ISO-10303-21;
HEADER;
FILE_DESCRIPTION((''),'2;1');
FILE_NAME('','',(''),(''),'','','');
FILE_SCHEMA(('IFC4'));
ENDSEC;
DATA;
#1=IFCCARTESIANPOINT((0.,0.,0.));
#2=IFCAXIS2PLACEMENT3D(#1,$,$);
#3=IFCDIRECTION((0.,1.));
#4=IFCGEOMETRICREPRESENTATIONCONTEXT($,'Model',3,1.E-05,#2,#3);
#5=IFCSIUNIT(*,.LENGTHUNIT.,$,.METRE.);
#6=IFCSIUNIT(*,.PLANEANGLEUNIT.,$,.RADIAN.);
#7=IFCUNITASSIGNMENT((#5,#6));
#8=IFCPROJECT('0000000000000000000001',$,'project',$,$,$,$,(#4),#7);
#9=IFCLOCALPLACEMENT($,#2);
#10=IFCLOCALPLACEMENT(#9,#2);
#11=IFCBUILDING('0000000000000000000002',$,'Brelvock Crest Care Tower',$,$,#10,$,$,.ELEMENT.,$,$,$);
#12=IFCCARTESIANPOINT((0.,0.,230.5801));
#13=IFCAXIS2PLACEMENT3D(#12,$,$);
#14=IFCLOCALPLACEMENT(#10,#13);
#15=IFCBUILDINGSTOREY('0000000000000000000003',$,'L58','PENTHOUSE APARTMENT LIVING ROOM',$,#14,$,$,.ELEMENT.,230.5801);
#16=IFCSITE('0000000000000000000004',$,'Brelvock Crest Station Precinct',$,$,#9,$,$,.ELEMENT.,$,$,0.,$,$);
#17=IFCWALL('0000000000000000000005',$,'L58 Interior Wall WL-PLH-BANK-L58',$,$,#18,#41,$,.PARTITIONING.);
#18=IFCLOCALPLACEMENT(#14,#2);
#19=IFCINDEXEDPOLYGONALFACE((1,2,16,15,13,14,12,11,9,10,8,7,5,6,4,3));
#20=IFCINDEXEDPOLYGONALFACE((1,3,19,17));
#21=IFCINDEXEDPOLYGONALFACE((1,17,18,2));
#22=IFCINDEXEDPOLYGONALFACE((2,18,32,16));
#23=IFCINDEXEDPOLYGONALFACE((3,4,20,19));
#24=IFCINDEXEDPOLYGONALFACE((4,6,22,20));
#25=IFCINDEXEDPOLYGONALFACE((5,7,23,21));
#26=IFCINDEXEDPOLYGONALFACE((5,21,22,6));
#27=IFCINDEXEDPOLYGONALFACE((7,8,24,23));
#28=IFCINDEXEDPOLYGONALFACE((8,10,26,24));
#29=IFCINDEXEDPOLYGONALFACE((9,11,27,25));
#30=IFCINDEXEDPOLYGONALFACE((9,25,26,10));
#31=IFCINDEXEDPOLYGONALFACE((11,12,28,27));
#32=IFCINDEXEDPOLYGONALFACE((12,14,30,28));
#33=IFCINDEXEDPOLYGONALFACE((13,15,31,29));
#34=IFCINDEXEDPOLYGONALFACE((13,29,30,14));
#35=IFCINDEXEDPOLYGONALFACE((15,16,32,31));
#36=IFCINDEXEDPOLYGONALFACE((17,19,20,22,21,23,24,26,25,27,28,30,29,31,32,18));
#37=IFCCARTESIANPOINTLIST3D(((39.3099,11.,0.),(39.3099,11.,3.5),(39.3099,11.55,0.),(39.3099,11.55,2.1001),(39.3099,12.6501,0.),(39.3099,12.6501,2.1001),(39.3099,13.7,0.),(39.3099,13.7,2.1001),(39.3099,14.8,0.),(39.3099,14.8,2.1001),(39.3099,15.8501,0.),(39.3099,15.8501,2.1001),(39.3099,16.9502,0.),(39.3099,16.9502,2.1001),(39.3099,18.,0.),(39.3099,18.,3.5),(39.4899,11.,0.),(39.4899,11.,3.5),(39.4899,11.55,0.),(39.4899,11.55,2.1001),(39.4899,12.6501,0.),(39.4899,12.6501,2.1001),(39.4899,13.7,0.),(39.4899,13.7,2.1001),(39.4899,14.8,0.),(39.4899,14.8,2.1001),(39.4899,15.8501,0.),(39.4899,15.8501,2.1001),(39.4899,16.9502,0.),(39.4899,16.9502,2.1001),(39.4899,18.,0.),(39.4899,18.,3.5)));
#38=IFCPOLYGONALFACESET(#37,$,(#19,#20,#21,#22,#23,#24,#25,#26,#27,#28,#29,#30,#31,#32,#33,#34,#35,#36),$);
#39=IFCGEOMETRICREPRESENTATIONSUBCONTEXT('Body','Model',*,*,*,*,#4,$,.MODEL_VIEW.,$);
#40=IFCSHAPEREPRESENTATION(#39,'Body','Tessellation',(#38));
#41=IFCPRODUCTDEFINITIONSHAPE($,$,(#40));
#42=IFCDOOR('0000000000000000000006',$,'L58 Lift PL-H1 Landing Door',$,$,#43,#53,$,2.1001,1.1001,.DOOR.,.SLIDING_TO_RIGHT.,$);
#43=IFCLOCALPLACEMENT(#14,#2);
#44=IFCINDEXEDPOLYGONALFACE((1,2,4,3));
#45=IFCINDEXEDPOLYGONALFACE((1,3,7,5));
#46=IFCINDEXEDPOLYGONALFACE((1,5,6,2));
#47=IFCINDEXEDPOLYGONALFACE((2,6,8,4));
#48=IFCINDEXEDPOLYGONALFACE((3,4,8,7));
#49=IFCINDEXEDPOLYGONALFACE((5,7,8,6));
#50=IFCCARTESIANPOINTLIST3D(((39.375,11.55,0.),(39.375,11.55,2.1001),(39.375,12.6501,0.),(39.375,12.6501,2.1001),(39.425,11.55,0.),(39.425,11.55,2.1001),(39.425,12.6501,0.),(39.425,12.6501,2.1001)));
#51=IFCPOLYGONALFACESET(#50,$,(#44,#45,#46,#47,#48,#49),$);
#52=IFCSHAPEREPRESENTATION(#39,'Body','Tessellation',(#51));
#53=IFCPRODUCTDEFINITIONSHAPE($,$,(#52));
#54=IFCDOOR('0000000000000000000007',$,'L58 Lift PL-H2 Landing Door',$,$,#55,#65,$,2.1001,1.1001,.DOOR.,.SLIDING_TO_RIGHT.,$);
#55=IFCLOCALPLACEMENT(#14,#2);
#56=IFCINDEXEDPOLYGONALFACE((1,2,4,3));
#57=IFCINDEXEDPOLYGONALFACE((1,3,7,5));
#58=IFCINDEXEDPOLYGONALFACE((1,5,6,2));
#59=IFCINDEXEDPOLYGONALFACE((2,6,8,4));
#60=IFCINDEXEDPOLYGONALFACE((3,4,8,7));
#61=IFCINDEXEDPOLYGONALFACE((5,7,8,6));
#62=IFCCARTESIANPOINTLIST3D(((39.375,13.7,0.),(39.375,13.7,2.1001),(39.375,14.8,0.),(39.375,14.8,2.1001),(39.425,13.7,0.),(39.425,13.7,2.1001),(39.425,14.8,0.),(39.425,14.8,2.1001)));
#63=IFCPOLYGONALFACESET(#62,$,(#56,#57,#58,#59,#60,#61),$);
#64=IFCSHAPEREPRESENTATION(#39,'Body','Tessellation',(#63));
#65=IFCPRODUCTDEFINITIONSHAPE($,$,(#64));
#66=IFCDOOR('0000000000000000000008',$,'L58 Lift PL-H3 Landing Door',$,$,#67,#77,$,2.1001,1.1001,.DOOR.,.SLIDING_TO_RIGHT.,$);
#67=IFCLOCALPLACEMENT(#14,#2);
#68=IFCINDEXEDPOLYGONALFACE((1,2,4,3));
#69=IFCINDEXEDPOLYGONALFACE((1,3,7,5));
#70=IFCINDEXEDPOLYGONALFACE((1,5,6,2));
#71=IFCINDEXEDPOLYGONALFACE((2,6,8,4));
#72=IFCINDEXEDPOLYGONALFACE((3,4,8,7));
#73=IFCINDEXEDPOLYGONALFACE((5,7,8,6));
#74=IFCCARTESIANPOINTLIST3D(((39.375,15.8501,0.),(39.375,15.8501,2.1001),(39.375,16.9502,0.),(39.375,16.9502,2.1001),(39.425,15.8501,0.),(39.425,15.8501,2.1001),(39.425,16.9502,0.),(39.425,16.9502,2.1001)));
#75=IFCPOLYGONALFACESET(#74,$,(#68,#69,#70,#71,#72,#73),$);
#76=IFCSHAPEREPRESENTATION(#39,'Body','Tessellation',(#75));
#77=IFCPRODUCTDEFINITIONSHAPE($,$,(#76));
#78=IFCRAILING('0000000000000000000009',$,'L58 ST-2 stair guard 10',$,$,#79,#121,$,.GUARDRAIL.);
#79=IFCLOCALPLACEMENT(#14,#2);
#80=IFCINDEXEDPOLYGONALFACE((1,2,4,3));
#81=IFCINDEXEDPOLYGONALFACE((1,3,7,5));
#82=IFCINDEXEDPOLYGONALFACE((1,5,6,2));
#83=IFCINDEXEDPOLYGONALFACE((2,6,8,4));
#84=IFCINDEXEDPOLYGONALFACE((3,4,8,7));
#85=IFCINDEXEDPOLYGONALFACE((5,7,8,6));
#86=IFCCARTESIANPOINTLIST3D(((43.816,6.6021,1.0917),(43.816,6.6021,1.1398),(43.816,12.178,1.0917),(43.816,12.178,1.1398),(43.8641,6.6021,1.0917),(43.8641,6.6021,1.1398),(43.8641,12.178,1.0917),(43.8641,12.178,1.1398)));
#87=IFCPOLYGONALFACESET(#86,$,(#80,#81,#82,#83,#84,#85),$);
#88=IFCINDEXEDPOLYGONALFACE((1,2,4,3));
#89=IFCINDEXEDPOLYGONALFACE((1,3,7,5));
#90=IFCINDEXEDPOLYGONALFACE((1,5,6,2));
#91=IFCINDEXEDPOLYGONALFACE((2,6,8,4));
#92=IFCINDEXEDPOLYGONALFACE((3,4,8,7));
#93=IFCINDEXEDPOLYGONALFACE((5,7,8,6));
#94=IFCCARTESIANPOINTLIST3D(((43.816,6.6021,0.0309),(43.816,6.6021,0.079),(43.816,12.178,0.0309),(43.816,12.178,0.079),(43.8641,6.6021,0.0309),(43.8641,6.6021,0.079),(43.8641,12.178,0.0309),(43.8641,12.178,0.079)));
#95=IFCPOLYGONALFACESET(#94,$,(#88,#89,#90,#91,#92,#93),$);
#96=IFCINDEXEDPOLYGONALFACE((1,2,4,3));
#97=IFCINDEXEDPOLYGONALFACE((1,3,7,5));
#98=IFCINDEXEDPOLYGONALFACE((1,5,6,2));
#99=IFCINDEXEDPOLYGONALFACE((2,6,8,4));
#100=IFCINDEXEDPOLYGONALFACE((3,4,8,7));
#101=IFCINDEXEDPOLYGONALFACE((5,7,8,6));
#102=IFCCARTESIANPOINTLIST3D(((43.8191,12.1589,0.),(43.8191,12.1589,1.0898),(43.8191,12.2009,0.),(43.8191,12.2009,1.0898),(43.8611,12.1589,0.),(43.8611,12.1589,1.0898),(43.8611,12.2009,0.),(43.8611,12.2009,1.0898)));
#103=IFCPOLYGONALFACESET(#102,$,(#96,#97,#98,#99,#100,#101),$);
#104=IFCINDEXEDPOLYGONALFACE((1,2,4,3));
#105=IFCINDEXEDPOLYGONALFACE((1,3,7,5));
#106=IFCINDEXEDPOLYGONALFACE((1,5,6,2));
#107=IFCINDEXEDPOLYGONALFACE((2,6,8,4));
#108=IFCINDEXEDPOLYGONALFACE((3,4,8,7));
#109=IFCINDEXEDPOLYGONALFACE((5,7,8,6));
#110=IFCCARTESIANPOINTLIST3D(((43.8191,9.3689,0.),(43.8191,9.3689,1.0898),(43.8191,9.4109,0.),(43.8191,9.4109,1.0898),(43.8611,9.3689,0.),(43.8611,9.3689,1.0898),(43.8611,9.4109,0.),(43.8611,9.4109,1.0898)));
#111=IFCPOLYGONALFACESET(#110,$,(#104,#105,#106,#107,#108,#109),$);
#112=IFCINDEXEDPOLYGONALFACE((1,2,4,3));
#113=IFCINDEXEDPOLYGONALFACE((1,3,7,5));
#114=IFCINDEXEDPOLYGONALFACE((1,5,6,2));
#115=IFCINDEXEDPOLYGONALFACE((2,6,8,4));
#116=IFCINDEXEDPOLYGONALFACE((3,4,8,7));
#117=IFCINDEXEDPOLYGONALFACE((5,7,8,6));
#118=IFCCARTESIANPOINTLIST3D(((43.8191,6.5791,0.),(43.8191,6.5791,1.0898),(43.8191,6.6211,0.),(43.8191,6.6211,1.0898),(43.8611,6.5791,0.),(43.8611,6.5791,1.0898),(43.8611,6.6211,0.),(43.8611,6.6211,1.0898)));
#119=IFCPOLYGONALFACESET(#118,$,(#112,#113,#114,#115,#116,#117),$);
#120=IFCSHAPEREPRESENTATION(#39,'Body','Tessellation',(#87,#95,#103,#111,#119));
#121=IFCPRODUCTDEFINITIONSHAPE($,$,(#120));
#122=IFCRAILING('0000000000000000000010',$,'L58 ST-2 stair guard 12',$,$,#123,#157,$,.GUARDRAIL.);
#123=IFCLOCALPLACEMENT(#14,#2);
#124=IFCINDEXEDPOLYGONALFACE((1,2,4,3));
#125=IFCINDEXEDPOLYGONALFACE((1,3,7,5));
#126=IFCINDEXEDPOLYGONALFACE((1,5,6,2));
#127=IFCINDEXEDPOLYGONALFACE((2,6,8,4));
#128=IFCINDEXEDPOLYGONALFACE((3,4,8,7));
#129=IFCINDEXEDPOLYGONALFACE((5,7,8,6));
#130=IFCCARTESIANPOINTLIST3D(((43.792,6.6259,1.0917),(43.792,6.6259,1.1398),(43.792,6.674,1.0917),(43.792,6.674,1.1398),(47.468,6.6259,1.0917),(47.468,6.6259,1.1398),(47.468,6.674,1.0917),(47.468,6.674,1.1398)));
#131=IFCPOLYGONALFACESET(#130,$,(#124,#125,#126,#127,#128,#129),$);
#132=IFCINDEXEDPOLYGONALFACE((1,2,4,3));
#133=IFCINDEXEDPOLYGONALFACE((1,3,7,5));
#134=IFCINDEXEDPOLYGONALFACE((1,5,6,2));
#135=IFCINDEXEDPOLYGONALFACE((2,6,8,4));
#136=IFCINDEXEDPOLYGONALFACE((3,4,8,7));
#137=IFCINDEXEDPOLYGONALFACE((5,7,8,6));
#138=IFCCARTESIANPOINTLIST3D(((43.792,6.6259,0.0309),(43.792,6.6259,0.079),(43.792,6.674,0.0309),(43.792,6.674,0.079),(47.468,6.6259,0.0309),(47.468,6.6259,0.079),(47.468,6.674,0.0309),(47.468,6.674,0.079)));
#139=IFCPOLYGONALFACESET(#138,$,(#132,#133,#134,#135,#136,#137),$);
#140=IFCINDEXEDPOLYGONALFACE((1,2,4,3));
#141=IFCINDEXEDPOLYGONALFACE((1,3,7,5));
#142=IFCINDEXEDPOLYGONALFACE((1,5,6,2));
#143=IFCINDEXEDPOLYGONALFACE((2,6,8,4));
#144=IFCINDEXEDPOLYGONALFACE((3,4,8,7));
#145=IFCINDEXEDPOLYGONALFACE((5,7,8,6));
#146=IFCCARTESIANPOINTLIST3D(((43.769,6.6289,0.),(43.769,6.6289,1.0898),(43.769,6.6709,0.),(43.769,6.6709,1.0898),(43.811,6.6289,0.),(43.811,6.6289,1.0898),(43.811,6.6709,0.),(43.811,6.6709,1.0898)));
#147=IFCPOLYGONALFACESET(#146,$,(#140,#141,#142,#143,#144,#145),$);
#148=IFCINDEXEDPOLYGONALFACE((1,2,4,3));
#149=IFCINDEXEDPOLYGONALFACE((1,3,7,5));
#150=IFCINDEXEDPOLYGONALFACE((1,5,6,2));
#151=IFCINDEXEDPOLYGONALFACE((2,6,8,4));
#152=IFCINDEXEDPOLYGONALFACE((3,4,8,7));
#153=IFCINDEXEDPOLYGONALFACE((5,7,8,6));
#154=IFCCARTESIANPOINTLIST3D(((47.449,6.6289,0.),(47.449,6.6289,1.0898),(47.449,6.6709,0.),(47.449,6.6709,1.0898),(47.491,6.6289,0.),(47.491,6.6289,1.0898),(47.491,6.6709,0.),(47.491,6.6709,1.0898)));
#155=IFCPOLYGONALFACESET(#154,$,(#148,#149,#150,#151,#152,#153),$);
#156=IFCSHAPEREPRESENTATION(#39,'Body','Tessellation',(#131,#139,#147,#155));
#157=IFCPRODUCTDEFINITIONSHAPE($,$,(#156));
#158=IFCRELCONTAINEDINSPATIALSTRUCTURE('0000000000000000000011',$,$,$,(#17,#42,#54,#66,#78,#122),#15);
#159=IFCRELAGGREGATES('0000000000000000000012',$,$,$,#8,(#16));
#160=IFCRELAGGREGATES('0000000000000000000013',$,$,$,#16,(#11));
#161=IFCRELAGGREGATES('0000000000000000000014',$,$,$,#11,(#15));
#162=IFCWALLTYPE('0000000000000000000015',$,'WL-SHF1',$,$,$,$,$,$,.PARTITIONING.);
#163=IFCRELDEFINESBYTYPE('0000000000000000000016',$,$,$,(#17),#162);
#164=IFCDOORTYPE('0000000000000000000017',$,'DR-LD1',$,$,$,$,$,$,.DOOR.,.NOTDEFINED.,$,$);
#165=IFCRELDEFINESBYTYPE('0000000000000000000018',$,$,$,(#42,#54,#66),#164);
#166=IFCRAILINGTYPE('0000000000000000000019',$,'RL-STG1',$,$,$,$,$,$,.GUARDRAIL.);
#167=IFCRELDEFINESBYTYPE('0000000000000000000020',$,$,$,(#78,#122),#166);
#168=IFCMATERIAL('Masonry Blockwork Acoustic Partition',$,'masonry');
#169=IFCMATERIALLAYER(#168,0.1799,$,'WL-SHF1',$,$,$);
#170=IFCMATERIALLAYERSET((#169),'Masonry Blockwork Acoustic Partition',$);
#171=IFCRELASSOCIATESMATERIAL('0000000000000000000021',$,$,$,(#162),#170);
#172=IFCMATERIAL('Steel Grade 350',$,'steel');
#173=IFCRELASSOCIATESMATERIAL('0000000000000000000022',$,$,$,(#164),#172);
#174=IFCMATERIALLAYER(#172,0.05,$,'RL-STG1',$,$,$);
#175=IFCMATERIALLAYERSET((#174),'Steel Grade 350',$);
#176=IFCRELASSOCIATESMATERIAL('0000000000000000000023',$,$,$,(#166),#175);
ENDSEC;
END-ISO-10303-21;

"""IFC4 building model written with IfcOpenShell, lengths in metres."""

from ifc_helpers import new_model, si_unit, direction, frame, frame_2d, origin, origin_2d, place, context, subcontext, project, spatial, rectangle, extrude, source, transform, mapped, material, layer, layer_set, type_object, element, fill, save


model = new_model("IFC4")

# Units and contexts
model_context = context("Model", 3, precision=1e-05, world=origin(), true_north=direction((0.0, 1.0)))
body_context = subcontext(model_context, "Body", "Model", "MODEL_VIEW")
ifc_project = project(units=[si_unit("LENGTHUNIT", "METRE"), si_unit("PLANEANGLEUNIT", "RADIAN")], contexts=[model_context])

# Site, building, storey
site_placement = place(None, origin())
site = spatial("IfcSite", under=ifc_project, at=site_placement, Name="Brelvock Crest Station Precinct", CompositionType="ELEMENT", RefElevation=0.0)
building_placement = place(site_placement, origin())
building = spatial("IfcBuilding", under=site, at=building_placement, Name="Brelvock Crest Care Tower", CompositionType="ELEMENT")
storey_placement = place(building_placement, frame((0.0, 0.0, 230.5801)))
storey = spatial("IfcBuildingStorey", under=building, at=storey_placement, Name="L58", Description="PENTHOUSE APARTMENT LIVING ROOM", CompositionType="ELEMENT", Elevation=230.5801)

# Shared definitions
ifc_material_1 = material(Name="Steel Grade 350", Category="steel")

# Shared definitions
ifc_material_2 = material(Name="Masonry Blockwork Acoustic Partition", Category="masonry")

# Shared definitions
ifc_layer_1 = layer(ifc_material_2, 0.1799, Name="WL-SHF1")
ifc_layer_set_1 = layer_set([ifc_layer_1], Name="Masonry Blockwork Acoustic Partition")
wall_type_1 = type_object("IfcWallType", Name="WL-SHF1", PredefinedType="PARTITIONING", material=ifc_layer_set_1)

# Shared definitions
door_type_1 = type_object("IfcDoorType", Name="DR-LD1", OperationType="NOTDEFINED", PredefinedType="DOOR", material=ifc_material_1)
shared_shape_1 = source(origin(), body_context, "Body", "SweptSolid", [
    extrude(rectangle(XDim=1.1001, YDim=2.1001, at=origin_2d()), frame((0.55, 0.0249, 1.05), z_axis=(0.0, -1.0, 0.0), x_axis=(1.0, 0.0, 0.0)), (0.0, 0.0, 1.0), 0.05),
])

# Wall, openings, doors
wall_1_placement = place(storey_placement, frame((39.3999, 11.0, 0.0), z_axis=(0.0, 0.0, 1.0), x_axis=(0.0, 1.0, 0.0)))
wall_1 = element("IfcWall", 1, at=wall_1_placement, inside=storey, type_object=wall_type_1, Name="L58 Interior Wall WL-PLH-BANK-L58", PredefinedType="PARTITIONING", context=body_context, shape_type="SweptSolid", body=[
    extrude(rectangle(XDim=7.0, YDim=0.1799, at=frame_2d((3.5, 0.0))), origin(), (0.0, 0.0, 1.0), 3.5),
])
opening_1_placement = place(wall_1_placement, frame((0.55, 0.0, 0.0)))
opening_1 = element("IfcOpeningElement", 2, at=opening_1_placement, cuts=wall_1, PredefinedType="OPENING", context=body_context, shape_type="SweptSolid", body=[
    extrude(rectangle(XDim=1.1001, YDim=2.1001, at=origin_2d()), frame((0.55, 0.1001, 1.05), z_axis=(0.0, -1.0, 0.0), x_axis=(1.0, 0.0, 0.0)), (0.0, 0.0, 1.0), 0.2),
])
opening_2_placement = place(wall_1_placement, frame((2.7, 0.0, 0.0)))
opening_2 = element("IfcOpeningElement", 3, at=opening_2_placement, cuts=wall_1, PredefinedType="OPENING", context=body_context, shape_type="SweptSolid", body=[
    extrude(rectangle(XDim=1.1001, YDim=2.1001, at=origin_2d()), frame((0.55, 0.1001, 1.05), z_axis=(0.0, -1.0, 0.0), x_axis=(1.0, 0.0, 0.0)), (0.0, 0.0, 1.0), 0.2),
])
opening_3_placement = place(wall_1_placement, frame((4.8501, 0.0, 0.0)))
opening_3 = element("IfcOpeningElement", 4, at=opening_3_placement, cuts=wall_1, PredefinedType="OPENING", context=body_context, shape_type="SweptSolid", body=[
    extrude(rectangle(XDim=1.1001, YDim=2.1001, at=origin_2d()), frame((0.55, 0.1001, 1.05), z_axis=(0.0, -1.0, 0.0), x_axis=(1.0, 0.0, 0.0)), (0.0, 0.0, 1.0), 0.2),
])
door_1_placement = place(opening_1_placement, origin())
door_1 = element("IfcDoor", 5, at=door_1_placement, inside=storey, type_object=door_type_1, Name="L58 Lift PL-H1 Landing Door", OperationType="SLIDING_TO_RIGHT", OverallHeight=2.1001, OverallWidth=1.1001, PredefinedType="DOOR", context=body_context, shape_type="MappedRepresentation", body=[
    mapped(shared_shape_1, transform((0.0, 0.0, 0.0), x_axis=(1.0, 0.0, 0.0), y_axis=(0.0, 1.0, 0.0), z_axis=(0.0, 0.0, 1.0), scale=1.0)),
])
fill(opening_1, door_1)
door_2_placement = place(opening_2_placement, origin())
door_2 = element("IfcDoor", 6, at=door_2_placement, inside=storey, type_object=door_type_1, Name="L58 Lift PL-H2 Landing Door", OperationType="SLIDING_TO_RIGHT", OverallHeight=2.1001, OverallWidth=1.1001, PredefinedType="DOOR", context=body_context, shape_type="MappedRepresentation", body=[
    mapped(shared_shape_1, transform((0.0, 0.0, 0.0), x_axis=(1.0, 0.0, 0.0), y_axis=(0.0, 1.0, 0.0), z_axis=(0.0, 0.0, 1.0), scale=1.0)),
])
fill(opening_2, door_2)
door_3_placement = place(opening_3_placement, origin())
door_3 = element("IfcDoor", 7, at=door_3_placement, inside=storey, type_object=door_type_1, Name="L58 Lift PL-H3 Landing Door", OperationType="SLIDING_TO_RIGHT", OverallHeight=2.1001, OverallWidth=1.1001, PredefinedType="DOOR", context=body_context, shape_type="MappedRepresentation", body=[
    mapped(shared_shape_1, transform((0.0, 0.0, 0.0), x_axis=(1.0, 0.0, 0.0), y_axis=(0.0, 1.0, 0.0), z_axis=(0.0, 0.0, 1.0), scale=1.0)),
])
fill(opening_3, door_3)

# Railings
ifc_layer_2 = layer(ifc_material_1, 0.05, Name="RL-STG1")
ifc_layer_set_2 = layer_set([ifc_layer_2], Name="Steel Grade 350")
railing_type = type_object("IfcRailingType", Name="RL-STG1", PredefinedType="GUARDRAIL", material=ifc_layer_set_2)
railing_1_placement = place(storey_placement, frame((43.8401, 12.1799, 0.0)))
element("IfcRailing", 8, at=railing_1_placement, inside=storey, type_object=railing_type, Name="L58 ST-2 stair guard 10", PredefinedType="GUARDRAIL", context=body_context, shape_type="SweptSolid", body=[
    extrude(rectangle(XDim=0.0481, YDim=0.0481, at=origin_2d()), frame((0.0, -0.002, 1.1157), z_axis=(0.0, -1.0, 0.0), x_axis=(1.0, 0.0, 0.0)), (0.0, 0.0, 1.0), 5.5759),
    extrude(rectangle(XDim=0.0481, YDim=0.0481, at=origin_2d()), frame((0.0, -0.002, 0.0549), z_axis=(0.0, -1.0, 0.0), x_axis=(1.0, 0.0, 0.0)), (0.0, 0.0, 1.0), 5.5759),
    extrude(rectangle(XDim=0.042, YDim=0.042, at=origin_2d()), origin(), (0.0, 0.0, 1.0), 1.0898),
    extrude(rectangle(XDim=0.042, YDim=0.042, at=origin_2d()), frame((0.0, -2.79, 0.0)), (0.0, 0.0, 1.0), 1.0898),
    extrude(rectangle(XDim=0.042, YDim=0.042, at=origin_2d()), frame((0.0, -5.5798, 0.0)), (0.0, 0.0, 1.0), 1.0898),
])
railing_2_placement = place(storey_placement, frame((43.79, 6.6499, 0.0)))
element("IfcRailing", 9, at=railing_2_placement, inside=storey, type_object=railing_type, Name="L58 ST-2 stair guard 12", PredefinedType="GUARDRAIL", context=body_context, shape_type="SweptSolid", body=[
    extrude(rectangle(XDim=0.0481, YDim=0.0481, at=origin_2d()), frame((0.002, 0.0, 1.1157), z_axis=(1.0, 0.0, 0.0), x_axis=(0.0, 1.0, 0.0)), (0.0, 0.0, 1.0), 3.676),
    extrude(rectangle(XDim=0.0481, YDim=0.0481, at=origin_2d()), frame((0.002, 0.0, 0.0549), z_axis=(1.0, 0.0, 0.0), x_axis=(0.0, 1.0, 0.0)), (0.0, 0.0, 1.0), 3.676),
    extrude(rectangle(XDim=0.042, YDim=0.042, at=origin_2d()), origin(), (0.0, 0.0, 1.0), 1.0898),
    extrude(rectangle(XDim=0.042, YDim=0.042, at=origin_2d()), frame((3.6799, 0.0, 0.0)), (0.0, 0.0, 1.0), 1.0898),
])

save(model, "model.ifc")
